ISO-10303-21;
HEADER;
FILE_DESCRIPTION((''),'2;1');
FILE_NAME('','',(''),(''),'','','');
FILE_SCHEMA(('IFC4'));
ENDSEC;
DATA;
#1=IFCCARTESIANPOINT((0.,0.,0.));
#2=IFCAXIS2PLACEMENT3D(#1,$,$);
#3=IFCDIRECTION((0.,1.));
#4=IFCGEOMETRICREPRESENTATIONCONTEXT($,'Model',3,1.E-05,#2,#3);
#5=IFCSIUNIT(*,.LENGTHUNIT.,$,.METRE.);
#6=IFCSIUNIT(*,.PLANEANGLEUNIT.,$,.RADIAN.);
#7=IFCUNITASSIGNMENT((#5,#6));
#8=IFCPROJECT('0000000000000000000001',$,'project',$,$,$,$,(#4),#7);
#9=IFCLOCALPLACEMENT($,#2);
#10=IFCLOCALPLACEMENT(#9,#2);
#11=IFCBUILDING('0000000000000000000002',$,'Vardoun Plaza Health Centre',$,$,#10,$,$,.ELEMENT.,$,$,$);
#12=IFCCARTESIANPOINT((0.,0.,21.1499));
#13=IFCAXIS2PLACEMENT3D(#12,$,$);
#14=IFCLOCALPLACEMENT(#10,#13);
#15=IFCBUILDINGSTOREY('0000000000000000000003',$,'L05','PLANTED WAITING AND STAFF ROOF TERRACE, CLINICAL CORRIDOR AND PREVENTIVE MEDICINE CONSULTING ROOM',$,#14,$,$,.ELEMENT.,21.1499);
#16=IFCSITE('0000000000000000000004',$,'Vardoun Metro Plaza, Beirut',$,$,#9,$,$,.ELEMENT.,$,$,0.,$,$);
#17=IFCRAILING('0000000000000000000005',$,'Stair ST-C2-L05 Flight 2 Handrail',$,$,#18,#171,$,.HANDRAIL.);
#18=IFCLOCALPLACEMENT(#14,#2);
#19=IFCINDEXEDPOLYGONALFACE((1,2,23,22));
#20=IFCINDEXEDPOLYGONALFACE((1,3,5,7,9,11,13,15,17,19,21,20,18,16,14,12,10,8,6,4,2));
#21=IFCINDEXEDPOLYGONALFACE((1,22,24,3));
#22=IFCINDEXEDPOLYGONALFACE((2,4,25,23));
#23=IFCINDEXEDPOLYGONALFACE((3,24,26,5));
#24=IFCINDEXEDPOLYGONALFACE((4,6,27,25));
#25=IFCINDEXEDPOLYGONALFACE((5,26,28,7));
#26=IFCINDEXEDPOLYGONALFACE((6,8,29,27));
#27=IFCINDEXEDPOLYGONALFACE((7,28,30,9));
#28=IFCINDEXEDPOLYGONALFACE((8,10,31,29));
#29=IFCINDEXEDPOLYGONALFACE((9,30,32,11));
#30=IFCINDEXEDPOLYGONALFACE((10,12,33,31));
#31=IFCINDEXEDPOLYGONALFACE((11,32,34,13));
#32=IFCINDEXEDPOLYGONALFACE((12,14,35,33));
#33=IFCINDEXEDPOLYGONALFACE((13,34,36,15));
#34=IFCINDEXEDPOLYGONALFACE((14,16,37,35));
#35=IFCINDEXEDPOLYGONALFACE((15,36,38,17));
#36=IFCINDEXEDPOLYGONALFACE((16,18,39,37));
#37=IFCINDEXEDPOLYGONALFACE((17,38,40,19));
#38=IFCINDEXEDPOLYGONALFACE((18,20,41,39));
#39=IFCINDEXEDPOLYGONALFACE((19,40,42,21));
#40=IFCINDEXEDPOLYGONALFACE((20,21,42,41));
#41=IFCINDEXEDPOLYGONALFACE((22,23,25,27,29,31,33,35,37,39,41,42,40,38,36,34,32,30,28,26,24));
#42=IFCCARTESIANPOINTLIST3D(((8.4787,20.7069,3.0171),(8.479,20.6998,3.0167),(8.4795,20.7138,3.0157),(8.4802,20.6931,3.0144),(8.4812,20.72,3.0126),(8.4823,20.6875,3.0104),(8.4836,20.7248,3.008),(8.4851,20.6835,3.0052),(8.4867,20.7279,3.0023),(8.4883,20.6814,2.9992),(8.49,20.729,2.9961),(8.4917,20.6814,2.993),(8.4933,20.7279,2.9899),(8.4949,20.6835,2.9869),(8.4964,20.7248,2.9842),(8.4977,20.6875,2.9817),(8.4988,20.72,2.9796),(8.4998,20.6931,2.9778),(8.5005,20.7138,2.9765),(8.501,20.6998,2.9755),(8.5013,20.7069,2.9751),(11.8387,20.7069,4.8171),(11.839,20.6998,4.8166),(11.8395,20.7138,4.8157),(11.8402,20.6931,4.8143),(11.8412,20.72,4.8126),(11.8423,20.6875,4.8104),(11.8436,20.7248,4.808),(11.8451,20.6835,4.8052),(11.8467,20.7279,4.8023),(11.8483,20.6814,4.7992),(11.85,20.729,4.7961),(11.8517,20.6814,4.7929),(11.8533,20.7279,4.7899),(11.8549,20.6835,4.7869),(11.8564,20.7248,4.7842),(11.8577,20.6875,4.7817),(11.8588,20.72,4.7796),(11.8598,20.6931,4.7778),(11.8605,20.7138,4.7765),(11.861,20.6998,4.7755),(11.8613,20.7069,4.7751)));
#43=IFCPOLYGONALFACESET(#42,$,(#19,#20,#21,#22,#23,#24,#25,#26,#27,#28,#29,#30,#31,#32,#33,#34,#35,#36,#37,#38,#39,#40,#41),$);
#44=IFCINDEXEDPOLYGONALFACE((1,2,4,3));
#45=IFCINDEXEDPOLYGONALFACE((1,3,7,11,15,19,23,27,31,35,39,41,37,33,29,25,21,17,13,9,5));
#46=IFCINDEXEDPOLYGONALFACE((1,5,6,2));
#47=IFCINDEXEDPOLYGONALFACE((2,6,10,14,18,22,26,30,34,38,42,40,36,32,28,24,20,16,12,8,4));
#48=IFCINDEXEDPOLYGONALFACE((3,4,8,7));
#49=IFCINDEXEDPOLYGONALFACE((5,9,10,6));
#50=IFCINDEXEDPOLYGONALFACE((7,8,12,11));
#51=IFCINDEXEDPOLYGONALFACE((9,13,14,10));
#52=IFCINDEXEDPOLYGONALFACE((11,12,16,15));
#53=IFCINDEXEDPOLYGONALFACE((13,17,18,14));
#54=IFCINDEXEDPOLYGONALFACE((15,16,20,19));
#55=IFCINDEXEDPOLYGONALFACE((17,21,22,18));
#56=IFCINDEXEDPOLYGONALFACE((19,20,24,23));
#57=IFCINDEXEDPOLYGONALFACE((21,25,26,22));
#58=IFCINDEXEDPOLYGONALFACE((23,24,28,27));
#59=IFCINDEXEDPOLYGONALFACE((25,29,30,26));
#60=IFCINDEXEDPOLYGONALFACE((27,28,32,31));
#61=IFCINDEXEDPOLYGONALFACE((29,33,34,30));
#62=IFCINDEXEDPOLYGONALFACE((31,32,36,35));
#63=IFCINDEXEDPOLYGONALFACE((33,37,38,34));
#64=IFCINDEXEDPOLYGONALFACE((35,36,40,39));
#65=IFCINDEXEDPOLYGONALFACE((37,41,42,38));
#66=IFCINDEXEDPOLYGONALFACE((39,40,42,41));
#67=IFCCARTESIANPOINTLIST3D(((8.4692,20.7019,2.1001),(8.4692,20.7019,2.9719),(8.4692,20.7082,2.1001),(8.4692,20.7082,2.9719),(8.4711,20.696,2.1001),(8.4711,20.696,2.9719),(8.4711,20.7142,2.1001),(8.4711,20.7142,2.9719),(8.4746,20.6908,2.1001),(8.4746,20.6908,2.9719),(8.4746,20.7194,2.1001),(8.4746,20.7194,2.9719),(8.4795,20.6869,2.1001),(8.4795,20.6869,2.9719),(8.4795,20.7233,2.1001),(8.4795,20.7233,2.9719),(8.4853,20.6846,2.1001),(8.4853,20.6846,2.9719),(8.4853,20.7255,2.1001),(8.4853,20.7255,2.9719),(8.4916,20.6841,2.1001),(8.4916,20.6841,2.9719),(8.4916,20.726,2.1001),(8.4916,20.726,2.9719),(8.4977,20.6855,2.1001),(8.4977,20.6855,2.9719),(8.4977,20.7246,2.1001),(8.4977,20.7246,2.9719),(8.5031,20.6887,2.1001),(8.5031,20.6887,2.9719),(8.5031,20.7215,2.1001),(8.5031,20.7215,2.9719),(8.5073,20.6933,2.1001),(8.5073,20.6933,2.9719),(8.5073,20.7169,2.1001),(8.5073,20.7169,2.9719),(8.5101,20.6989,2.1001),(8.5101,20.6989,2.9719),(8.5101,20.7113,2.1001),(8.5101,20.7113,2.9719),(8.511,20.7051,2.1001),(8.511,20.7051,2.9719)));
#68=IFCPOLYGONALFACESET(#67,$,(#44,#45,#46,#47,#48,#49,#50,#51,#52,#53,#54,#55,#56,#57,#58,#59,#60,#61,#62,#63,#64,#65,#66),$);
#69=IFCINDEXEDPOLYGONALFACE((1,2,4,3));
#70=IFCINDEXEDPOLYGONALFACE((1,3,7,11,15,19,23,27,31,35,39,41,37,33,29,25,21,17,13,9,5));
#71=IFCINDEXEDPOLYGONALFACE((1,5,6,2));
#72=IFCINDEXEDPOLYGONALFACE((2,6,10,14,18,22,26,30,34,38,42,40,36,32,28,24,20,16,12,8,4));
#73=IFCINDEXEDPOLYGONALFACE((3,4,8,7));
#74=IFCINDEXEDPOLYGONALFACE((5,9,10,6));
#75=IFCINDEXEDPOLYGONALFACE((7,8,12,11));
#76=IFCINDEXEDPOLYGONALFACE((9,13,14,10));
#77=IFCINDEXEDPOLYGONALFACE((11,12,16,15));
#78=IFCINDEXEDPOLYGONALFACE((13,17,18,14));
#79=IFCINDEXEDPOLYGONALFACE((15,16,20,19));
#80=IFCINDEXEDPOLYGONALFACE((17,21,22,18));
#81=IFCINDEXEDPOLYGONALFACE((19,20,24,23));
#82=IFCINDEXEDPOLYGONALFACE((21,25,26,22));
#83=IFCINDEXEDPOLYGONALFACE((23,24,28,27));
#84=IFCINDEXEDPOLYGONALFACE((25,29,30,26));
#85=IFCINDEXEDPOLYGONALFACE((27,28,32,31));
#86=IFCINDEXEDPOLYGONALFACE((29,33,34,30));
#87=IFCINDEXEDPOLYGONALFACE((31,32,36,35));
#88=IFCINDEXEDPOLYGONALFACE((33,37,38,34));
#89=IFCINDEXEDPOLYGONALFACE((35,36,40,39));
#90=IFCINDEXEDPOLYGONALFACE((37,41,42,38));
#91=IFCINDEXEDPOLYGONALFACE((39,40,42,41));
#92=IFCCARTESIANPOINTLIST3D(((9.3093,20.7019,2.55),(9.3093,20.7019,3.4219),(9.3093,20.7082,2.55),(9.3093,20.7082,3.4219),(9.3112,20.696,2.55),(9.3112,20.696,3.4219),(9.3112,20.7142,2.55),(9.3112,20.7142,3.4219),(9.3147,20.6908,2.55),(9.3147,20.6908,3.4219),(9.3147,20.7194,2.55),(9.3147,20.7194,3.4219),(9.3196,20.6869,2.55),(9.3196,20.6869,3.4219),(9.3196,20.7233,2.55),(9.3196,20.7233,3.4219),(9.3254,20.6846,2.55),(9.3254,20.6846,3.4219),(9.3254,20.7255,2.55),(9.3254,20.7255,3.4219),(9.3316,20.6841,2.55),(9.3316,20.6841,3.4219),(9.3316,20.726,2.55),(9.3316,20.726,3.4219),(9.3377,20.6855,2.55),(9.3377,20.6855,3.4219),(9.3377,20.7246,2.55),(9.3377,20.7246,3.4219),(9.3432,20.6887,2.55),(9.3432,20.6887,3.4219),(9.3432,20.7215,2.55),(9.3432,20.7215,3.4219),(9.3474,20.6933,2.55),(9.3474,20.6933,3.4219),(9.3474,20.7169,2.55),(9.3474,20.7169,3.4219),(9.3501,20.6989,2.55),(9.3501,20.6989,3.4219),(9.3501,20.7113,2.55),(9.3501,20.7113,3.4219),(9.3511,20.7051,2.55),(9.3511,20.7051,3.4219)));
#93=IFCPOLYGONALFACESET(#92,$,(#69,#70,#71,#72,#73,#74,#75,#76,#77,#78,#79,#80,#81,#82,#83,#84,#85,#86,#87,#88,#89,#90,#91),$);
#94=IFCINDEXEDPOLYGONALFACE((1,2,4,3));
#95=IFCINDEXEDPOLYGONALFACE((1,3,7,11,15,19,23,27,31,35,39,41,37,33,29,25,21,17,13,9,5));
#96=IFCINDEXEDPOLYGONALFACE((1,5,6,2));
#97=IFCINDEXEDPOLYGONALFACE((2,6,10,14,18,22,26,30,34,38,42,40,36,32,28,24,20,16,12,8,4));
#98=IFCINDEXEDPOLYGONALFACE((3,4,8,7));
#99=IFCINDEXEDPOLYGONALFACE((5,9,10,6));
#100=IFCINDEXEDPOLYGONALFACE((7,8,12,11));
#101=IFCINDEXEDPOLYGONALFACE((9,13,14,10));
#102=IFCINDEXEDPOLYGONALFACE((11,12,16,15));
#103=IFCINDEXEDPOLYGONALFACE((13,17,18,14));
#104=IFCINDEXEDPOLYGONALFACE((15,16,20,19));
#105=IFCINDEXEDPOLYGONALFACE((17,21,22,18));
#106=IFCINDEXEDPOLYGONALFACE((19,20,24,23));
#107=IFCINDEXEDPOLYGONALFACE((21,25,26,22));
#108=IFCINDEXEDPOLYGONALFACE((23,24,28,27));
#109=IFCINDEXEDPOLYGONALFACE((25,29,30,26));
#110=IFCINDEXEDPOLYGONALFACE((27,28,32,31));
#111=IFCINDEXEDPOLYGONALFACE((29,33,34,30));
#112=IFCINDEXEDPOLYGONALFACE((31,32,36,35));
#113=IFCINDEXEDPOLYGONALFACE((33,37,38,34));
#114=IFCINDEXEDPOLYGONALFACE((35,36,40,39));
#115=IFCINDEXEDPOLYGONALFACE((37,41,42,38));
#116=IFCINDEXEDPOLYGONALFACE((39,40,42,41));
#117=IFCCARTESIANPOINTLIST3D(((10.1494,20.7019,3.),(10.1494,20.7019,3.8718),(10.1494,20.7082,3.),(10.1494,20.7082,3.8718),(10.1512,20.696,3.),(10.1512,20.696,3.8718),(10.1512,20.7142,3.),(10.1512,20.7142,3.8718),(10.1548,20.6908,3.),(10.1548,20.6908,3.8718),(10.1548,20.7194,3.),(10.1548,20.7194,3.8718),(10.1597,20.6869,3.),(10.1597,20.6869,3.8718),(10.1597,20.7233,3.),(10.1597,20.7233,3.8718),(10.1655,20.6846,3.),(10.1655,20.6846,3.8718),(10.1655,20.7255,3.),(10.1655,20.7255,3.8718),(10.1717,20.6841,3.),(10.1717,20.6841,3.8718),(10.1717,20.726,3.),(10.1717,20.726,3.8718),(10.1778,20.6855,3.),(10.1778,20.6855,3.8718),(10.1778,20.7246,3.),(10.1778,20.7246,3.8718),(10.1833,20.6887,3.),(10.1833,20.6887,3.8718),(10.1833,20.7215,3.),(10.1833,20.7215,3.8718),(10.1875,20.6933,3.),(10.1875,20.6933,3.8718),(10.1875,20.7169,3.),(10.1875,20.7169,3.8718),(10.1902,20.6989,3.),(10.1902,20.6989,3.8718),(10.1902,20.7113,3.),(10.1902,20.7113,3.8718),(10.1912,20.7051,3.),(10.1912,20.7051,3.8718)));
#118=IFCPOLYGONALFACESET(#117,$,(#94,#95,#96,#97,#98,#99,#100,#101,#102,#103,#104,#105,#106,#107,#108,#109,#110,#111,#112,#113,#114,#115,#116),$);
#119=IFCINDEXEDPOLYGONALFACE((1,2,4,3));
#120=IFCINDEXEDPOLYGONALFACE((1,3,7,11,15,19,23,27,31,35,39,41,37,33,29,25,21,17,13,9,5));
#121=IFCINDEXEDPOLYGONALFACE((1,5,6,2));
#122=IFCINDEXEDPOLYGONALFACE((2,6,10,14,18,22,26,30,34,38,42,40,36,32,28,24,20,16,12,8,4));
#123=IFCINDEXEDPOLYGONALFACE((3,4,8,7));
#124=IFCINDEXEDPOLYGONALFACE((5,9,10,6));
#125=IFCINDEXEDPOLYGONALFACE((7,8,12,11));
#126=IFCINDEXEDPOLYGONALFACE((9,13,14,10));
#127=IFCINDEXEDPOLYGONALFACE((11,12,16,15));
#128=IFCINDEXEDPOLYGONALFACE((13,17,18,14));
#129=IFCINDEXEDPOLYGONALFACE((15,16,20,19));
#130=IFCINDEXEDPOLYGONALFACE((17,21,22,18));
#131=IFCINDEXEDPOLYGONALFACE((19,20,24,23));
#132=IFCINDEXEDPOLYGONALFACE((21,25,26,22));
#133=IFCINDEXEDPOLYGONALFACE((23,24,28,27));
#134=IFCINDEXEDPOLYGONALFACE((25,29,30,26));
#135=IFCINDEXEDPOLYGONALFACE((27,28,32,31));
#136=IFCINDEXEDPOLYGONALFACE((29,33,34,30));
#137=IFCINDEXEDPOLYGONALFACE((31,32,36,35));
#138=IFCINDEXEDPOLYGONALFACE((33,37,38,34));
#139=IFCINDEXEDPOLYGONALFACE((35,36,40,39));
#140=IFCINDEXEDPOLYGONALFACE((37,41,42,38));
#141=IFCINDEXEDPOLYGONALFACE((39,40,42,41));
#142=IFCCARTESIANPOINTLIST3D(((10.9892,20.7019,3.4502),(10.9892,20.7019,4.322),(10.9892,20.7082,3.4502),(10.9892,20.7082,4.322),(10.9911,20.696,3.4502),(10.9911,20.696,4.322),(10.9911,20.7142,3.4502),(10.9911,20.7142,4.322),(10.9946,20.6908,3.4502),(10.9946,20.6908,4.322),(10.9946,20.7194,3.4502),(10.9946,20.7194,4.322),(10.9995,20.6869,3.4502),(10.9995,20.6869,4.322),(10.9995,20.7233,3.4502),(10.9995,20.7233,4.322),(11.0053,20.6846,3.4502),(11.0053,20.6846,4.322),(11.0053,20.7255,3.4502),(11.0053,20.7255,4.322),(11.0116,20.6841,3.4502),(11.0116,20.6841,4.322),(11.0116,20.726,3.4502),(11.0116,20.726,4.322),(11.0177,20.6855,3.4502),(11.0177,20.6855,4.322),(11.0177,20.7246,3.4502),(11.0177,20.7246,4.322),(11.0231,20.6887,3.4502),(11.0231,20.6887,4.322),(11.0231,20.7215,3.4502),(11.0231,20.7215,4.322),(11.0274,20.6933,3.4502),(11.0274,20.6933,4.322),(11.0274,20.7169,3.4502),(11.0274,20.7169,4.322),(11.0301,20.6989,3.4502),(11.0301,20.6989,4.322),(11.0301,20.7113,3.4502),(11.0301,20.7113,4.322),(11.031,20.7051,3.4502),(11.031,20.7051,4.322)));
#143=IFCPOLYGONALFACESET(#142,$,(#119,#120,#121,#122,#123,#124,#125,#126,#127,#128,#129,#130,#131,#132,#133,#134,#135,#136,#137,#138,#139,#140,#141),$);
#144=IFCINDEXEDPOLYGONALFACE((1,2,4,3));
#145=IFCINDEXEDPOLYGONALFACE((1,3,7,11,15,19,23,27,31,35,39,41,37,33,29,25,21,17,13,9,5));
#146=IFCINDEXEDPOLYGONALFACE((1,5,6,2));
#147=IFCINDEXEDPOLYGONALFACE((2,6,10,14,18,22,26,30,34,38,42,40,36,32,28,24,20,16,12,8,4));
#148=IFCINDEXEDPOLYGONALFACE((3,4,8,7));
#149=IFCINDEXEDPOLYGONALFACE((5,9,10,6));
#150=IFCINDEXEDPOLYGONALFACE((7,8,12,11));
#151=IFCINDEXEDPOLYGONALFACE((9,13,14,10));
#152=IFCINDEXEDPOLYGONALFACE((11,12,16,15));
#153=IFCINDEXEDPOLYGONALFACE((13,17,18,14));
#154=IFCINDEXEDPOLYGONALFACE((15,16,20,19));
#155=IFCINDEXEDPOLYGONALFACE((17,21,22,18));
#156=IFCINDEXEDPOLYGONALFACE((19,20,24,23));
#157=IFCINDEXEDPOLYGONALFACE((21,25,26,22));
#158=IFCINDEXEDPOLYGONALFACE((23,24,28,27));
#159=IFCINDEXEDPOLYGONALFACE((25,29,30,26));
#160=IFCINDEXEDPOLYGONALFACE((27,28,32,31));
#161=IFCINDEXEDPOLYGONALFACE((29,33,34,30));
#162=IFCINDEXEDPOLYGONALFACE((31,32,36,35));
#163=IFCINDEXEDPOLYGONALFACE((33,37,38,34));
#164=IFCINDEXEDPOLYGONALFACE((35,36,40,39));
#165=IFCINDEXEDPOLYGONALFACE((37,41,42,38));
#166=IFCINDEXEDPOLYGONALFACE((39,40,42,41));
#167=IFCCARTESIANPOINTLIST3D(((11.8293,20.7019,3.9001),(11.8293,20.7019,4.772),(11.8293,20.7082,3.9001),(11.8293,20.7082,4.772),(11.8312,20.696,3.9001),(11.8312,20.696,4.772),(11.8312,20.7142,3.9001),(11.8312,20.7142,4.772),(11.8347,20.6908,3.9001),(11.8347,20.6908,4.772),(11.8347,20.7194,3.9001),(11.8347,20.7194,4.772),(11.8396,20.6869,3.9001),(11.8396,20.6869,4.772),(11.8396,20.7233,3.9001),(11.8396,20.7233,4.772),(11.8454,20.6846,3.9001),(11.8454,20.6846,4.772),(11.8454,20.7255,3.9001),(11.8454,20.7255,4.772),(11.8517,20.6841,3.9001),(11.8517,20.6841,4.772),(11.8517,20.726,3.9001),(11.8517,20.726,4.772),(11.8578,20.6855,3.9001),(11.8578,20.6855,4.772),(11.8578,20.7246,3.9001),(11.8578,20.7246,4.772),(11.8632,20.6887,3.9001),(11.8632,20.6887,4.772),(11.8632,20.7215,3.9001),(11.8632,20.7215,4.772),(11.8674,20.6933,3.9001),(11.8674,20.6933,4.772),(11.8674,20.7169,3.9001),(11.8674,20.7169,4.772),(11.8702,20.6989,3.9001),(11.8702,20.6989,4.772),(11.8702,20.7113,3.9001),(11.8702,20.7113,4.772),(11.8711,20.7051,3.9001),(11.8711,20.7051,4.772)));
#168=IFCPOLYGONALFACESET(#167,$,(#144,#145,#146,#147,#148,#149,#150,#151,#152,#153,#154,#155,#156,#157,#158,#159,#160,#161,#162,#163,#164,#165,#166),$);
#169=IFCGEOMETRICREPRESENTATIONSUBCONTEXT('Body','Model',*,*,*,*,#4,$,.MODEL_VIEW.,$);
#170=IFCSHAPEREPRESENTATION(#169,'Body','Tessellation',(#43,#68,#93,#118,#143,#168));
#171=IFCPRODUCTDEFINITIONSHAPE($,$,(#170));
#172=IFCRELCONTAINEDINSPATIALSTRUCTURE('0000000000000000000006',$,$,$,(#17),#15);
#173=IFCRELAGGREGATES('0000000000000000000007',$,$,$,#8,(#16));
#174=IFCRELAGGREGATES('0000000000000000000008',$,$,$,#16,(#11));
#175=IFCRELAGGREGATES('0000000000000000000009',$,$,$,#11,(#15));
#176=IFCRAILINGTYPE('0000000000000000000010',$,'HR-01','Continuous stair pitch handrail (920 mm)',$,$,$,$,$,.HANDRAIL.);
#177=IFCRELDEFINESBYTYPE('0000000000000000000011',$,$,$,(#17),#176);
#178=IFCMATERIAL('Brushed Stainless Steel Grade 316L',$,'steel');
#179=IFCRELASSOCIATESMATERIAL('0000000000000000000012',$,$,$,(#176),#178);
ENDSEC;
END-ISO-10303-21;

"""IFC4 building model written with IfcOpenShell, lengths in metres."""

from ifc_helpers import new_model, si_unit, direction, frame, origin, origin_2d, place, context, subcontext, project, spatial, circle, extrude, material, type_object, element, save


model = new_model("IFC4")

# Units and contexts
model_context = context("Model", 3, precision=1e-05, world=origin(), true_north=direction((0.0, 1.0)))
body_context = subcontext(model_context, "Body", "Model", "MODEL_VIEW")
ifc_project = project(units=[si_unit("LENGTHUNIT", "METRE"), si_unit("PLANEANGLEUNIT", "RADIAN")], contexts=[model_context])

# Site, building, storey
site_placement = place(None, origin())
site = spatial("IfcSite", under=ifc_project, at=site_placement, Name="Vardoun Metro Plaza, Beirut", CompositionType="ELEMENT", RefElevation=0.0)
building_placement = place(site_placement, origin())
building = spatial("IfcBuilding", under=site, at=building_placement, Name="Vardoun Plaza Health Centre", CompositionType="ELEMENT")
storey_placement = place(building_placement, frame((0.0, 0.0, 21.1499)))
storey = spatial("IfcBuildingStorey", under=building, at=storey_placement, Name="L05", Description="PLANTED WAITING AND STAFF ROOF TERRACE, CLINICAL CORRIDOR AND PREVENTIVE MEDICINE CONSULTING ROOM", CompositionType="ELEMENT", Elevation=21.1499)

# Railing
ifc_material_1 = material(Name="Brushed Stainless Steel Grade 316L", Category="steel")
railing_type_1 = type_object("IfcRailingType", Name="HR-01", Description="Continuous stair pitch handrail (920 mm)", PredefinedType="HANDRAIL", material=ifc_material_1)
railing_1_placement = place(storey_placement, frame((8.49, 20.7051, 2.1001)))
element("IfcRailing", 1, at=railing_1_placement, inside=storey, type_object=railing_type_1, Name="Stair ST-C2-L05 Flight 2 Handrail", PredefinedType="HANDRAIL", context=body_context, shape_type="SweptSolid", body=[
    extrude(circle(Radius=0.0239, at=origin_2d()), frame((0.0, 0.0, 0.896), z_axis=(0.881481, 0.0, 0.47222), x_axis=(0.0, 1.0, 0.0)), (0.0, 0.0, 1.0), 3.8118),
    extrude(circle(Radius=0.021, at=origin_2d()), origin(), (0.0, 0.0, 1.0), 0.8718),
    extrude(circle(Radius=0.021, at=origin_2d()), frame((0.8401, 0.0, 0.45)), (0.0, 0.0, 1.0), 0.8718),
    extrude(circle(Radius=0.021, at=origin_2d()), frame((1.6802, 0.0, 0.8999)), (0.0, 0.0, 1.0), 0.8718),
    extrude(circle(Radius=0.021, at=origin_2d()), frame((2.52, 0.0, 1.3501)), (0.0, 0.0, 1.0), 0.8718),
    extrude(circle(Radius=0.021, at=origin_2d()), frame((3.3601, 0.0, 1.8)), (0.0, 0.0, 1.0), 0.8718),
])

save(model, "model.ifc")
